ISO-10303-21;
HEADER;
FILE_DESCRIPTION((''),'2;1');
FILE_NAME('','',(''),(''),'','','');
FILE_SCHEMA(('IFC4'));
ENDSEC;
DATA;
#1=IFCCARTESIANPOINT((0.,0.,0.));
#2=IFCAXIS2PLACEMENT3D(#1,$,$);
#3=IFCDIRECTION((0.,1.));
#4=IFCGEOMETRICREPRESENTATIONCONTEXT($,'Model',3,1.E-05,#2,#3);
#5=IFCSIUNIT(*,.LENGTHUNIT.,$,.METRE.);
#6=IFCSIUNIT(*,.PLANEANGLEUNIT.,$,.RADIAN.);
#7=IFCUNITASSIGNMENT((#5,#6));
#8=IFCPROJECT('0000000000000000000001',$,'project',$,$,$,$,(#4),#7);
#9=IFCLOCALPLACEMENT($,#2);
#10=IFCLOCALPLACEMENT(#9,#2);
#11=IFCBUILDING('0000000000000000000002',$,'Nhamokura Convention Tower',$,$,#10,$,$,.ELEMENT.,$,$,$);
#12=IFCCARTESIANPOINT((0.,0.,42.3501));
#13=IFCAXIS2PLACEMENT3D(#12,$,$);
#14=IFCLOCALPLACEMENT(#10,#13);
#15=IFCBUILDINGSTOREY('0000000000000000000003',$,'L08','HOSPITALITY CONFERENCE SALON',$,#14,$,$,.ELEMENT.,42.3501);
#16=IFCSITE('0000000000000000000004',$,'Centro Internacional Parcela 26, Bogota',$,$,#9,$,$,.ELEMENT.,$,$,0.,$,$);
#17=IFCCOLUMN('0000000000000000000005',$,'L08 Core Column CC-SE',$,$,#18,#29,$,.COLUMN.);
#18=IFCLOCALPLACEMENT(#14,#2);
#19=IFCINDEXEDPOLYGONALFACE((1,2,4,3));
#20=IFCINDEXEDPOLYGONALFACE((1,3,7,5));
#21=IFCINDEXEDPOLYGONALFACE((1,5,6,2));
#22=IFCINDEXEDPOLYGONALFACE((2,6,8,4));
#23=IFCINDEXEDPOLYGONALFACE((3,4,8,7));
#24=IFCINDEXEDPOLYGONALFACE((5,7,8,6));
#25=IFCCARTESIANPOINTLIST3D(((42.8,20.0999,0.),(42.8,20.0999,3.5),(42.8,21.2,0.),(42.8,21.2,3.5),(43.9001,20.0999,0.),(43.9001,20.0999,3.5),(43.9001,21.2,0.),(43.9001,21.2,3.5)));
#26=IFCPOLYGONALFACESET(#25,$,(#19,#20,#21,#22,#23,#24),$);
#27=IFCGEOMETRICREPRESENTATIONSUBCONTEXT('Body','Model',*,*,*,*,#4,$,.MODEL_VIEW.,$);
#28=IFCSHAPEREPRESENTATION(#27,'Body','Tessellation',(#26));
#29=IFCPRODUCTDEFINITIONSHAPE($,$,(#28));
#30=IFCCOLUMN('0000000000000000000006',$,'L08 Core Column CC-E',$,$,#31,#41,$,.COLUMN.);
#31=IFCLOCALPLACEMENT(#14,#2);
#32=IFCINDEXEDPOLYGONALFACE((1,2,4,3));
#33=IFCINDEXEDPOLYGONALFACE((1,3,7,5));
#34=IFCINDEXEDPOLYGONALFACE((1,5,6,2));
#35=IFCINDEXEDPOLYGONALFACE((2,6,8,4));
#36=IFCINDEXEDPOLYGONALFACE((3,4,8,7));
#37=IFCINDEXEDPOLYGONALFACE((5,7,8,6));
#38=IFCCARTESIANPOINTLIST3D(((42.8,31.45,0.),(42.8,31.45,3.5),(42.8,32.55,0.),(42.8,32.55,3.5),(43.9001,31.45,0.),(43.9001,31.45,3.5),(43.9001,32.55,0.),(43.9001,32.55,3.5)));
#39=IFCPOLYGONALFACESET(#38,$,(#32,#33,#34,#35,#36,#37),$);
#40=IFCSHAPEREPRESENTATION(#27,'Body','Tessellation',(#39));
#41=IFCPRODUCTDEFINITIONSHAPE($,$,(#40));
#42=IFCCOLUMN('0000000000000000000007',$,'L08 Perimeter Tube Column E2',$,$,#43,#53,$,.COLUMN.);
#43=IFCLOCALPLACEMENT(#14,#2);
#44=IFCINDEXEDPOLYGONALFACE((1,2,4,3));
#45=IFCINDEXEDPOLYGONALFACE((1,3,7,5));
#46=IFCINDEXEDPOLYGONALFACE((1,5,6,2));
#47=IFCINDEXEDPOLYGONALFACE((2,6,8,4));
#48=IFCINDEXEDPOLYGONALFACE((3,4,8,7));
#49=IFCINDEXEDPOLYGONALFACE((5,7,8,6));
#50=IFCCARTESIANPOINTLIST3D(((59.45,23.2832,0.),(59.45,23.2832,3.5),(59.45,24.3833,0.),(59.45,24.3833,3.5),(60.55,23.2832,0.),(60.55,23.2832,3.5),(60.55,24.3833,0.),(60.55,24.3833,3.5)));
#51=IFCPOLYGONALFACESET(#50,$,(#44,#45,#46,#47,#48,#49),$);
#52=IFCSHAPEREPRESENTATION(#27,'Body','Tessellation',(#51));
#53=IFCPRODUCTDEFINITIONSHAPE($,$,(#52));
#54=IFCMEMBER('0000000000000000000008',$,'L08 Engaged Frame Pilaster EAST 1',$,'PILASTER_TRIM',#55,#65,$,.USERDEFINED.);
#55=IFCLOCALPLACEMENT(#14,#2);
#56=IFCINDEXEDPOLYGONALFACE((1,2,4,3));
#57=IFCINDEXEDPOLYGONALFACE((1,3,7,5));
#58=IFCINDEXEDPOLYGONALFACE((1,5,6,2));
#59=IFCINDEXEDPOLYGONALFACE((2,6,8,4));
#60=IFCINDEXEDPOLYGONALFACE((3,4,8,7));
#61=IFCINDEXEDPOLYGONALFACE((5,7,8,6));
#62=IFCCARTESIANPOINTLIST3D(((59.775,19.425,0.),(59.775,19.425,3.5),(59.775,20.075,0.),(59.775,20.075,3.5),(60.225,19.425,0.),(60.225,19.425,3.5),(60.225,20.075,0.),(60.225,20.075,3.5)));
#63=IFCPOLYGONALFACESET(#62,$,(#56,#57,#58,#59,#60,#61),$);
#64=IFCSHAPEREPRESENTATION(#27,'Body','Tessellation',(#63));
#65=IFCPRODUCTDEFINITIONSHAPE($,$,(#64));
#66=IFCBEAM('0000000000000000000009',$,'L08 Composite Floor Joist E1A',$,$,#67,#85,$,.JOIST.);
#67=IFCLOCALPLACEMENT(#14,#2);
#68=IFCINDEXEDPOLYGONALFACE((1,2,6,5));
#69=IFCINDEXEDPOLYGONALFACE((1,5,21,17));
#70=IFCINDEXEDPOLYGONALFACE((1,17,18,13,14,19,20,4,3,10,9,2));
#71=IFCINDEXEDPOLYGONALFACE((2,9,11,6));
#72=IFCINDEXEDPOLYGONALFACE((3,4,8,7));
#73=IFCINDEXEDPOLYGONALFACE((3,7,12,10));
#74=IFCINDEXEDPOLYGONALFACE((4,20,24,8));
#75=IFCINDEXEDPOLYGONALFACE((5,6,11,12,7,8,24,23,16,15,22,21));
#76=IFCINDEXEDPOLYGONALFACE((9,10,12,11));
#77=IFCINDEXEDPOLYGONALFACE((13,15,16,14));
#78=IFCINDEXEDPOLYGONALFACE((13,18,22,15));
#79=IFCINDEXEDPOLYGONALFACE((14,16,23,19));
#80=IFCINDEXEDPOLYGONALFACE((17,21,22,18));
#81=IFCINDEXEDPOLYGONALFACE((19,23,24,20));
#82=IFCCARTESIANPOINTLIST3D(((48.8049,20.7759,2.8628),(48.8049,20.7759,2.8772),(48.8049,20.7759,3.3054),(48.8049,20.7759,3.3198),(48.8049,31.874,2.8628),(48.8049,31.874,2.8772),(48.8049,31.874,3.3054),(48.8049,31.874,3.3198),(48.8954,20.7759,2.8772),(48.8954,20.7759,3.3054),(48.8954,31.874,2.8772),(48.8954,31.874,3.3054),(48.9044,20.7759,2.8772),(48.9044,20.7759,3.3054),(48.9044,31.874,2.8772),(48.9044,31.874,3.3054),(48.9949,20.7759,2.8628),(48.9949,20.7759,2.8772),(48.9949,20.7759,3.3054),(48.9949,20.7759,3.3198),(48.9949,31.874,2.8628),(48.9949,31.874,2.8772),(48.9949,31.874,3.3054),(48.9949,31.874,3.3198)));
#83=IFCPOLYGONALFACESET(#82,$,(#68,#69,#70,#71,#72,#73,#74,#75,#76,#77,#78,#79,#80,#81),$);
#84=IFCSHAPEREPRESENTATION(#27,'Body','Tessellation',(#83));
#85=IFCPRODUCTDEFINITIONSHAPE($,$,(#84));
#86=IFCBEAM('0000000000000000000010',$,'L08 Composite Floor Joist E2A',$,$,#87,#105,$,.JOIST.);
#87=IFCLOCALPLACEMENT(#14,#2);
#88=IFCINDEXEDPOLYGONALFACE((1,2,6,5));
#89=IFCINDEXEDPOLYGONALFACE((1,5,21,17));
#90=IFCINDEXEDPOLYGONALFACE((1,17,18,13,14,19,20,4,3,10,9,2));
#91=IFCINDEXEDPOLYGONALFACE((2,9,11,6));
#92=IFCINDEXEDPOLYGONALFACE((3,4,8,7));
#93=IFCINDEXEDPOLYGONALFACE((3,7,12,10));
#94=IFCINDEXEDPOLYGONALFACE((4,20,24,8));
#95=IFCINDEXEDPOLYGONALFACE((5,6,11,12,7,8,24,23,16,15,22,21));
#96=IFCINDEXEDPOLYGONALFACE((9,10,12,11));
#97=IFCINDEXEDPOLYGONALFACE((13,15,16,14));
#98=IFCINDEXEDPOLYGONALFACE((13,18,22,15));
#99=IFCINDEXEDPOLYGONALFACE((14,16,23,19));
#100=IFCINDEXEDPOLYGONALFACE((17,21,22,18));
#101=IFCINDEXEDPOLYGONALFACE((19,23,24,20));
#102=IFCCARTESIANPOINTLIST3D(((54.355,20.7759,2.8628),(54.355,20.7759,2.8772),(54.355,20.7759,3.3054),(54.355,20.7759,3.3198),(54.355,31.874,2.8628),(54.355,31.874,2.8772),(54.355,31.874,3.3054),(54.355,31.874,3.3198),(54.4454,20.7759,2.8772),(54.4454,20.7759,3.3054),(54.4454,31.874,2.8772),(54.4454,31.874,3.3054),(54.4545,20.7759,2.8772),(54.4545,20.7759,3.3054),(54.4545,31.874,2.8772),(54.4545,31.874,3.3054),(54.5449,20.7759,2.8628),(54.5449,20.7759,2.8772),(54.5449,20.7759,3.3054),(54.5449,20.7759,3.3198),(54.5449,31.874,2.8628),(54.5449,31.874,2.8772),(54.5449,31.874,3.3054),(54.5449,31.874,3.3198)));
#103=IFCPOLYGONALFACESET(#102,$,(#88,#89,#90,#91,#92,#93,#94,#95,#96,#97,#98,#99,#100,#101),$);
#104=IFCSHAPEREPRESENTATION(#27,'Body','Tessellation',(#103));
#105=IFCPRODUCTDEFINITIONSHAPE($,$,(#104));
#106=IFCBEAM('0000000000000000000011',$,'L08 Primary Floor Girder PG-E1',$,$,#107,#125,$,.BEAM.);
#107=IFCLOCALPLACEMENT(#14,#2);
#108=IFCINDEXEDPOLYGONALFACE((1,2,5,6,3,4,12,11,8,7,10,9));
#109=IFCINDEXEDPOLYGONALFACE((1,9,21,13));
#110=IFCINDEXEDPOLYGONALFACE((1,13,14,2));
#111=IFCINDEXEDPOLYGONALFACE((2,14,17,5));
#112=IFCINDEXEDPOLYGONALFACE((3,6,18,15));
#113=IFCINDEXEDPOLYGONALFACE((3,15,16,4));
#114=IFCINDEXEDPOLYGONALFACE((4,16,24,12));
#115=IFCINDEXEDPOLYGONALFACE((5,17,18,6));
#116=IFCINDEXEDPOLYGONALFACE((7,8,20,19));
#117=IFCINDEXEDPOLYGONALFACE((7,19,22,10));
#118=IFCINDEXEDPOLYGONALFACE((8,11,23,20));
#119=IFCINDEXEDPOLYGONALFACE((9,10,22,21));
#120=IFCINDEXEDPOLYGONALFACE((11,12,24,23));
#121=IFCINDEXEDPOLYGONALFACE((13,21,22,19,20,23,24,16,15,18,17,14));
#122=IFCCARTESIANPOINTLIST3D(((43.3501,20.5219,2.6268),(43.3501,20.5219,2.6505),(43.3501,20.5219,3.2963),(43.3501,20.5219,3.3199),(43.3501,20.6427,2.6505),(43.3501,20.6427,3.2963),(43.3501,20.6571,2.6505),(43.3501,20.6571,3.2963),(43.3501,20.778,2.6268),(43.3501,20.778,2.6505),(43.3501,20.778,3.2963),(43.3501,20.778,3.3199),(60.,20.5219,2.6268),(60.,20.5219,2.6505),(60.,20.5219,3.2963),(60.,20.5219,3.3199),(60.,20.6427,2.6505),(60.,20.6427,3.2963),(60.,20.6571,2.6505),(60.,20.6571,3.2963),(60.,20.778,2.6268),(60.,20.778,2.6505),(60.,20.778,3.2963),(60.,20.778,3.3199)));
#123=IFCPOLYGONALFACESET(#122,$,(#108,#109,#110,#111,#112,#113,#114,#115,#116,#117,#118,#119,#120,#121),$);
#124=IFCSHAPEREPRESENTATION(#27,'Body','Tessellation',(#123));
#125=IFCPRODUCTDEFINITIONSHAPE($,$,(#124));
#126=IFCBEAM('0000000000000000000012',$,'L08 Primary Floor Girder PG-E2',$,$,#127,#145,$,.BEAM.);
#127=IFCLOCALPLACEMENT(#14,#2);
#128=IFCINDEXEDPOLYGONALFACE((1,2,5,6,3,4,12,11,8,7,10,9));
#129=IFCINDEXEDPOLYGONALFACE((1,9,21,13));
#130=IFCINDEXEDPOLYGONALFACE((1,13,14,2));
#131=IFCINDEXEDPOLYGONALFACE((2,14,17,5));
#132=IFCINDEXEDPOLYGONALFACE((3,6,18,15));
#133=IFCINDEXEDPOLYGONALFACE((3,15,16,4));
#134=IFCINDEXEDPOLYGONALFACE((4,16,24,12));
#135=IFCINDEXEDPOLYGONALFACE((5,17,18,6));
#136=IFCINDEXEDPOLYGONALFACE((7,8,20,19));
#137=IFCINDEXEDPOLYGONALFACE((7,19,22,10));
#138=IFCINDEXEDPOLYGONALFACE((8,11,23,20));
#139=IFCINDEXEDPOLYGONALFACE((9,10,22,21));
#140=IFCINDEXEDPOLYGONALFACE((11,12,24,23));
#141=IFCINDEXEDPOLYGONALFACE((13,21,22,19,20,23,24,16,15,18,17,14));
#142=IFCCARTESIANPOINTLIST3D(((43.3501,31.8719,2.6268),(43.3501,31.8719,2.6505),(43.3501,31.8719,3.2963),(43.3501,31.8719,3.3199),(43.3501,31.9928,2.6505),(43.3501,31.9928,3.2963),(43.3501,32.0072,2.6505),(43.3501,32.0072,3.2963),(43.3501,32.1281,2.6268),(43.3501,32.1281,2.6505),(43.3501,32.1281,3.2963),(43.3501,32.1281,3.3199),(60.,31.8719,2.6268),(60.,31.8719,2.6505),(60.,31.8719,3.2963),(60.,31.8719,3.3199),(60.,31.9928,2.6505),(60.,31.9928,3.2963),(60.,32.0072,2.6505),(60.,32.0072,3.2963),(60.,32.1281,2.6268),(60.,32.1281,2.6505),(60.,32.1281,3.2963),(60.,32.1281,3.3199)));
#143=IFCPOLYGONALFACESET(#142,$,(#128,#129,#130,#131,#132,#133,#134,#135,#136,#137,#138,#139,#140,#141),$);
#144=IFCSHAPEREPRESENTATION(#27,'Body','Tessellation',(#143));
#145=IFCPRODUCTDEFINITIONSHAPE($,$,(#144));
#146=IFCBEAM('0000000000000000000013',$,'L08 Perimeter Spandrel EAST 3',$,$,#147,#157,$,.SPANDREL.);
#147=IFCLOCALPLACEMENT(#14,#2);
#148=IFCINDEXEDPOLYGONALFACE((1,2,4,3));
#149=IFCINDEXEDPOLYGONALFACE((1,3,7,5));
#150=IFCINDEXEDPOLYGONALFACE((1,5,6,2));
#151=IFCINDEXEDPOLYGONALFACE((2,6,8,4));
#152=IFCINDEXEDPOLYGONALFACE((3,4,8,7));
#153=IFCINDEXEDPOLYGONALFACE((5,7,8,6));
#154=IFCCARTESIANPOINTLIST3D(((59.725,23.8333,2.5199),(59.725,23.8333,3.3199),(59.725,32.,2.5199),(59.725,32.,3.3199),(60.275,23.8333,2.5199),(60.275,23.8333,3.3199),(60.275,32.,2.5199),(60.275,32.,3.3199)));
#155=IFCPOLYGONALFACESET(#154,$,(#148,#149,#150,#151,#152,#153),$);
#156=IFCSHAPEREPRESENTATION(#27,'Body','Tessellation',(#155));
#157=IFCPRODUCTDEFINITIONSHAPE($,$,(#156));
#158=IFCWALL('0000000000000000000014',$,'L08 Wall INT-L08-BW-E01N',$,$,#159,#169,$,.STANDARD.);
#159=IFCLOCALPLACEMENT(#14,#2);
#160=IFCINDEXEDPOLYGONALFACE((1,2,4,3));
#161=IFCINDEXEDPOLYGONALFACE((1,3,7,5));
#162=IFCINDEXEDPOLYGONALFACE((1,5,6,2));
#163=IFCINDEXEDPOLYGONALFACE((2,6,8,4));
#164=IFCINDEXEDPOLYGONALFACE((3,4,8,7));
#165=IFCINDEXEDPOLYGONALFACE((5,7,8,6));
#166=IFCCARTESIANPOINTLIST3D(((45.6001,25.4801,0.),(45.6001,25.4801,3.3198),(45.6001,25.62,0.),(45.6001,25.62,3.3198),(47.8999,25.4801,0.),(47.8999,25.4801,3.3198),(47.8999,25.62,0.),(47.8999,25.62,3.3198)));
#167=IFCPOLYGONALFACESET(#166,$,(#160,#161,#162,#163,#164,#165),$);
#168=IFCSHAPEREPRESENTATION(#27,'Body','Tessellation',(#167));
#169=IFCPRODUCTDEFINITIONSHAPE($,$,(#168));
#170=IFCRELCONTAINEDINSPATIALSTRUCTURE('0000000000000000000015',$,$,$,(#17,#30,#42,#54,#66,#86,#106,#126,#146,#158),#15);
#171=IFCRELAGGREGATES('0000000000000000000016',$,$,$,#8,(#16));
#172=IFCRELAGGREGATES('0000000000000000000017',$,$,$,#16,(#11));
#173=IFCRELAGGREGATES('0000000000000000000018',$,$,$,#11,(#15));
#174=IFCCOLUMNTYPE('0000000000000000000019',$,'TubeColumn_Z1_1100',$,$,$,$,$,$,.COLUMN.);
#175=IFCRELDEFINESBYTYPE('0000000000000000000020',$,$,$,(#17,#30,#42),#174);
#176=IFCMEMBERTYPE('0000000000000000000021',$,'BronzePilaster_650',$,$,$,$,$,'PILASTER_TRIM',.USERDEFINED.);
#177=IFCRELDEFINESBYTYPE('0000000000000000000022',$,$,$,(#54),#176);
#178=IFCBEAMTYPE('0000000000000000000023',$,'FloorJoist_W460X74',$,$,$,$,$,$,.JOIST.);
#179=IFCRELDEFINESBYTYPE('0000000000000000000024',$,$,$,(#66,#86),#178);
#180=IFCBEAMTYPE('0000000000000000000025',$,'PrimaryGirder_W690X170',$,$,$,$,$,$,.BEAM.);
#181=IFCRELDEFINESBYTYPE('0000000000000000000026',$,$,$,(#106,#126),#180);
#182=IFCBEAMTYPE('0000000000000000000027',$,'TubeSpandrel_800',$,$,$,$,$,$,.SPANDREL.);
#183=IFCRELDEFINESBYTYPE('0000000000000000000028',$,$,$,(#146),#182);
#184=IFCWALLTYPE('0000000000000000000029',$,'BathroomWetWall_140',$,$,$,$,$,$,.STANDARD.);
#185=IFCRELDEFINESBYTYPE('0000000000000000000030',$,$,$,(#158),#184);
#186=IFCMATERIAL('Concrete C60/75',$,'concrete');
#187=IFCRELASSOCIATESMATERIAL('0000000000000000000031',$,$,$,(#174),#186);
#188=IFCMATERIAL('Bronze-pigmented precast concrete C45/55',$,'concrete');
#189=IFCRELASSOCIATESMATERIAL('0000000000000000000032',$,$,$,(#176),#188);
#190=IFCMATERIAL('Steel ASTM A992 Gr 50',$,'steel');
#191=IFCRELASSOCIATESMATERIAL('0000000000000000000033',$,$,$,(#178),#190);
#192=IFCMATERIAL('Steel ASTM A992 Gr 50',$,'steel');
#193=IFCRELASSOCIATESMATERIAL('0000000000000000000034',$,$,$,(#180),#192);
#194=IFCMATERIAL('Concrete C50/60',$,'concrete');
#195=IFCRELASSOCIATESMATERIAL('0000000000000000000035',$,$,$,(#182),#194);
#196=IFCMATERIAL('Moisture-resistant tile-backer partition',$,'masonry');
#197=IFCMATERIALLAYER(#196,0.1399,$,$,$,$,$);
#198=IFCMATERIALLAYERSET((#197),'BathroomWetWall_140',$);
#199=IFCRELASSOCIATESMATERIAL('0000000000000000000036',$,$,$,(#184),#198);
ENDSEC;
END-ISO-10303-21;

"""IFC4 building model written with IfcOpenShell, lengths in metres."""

from ifc_helpers import new_model, si_unit, direction, frame, frame_2d, origin, origin_2d, place, context, subcontext, project, spatial, rectangle, i_section, extrude, material, layer, layer_set, material_profile, profile_set, type_object, element, save


model = new_model("IFC4")

# Units and contexts
model_context = context("Model", 3, precision=1e-05, world=origin(), true_north=direction((0.0, 1.0)))
body_context = subcontext(model_context, "Body", "Model", "MODEL_VIEW")
ifc_project = project(units=[si_unit("LENGTHUNIT", "METRE"), si_unit("PLANEANGLEUNIT", "RADIAN")], contexts=[model_context])

# Site, building, storey
site_placement = place(None, origin())
site = spatial("IfcSite", under=ifc_project, at=site_placement, Name="Centro Internacional Parcela 26, Bogota", CompositionType="ELEMENT", RefElevation=0.0)
building_placement = place(site_placement, origin())
building = spatial("IfcBuilding", under=site, at=building_placement, Name="Nhamokura Convention Tower", CompositionType="ELEMENT")
storey_placement = place(building_placement, frame((0.0, 0.0, 42.3501)))
storey = spatial("IfcBuildingStorey", under=building, at=storey_placement, Name="L08", Description="HOSPITALITY CONFERENCE SALON", CompositionType="ELEMENT", Elevation=42.3501)

# Columns
ifc_material_1 = material(Name="Concrete C60/75", Category="concrete")
ifc_material_profile_1 = material_profile(ifc_material_1, rectangle(XDim=1.1001, YDim=1.1001, at=origin_2d()))
ifc_profile_set_1 = profile_set([ifc_material_profile_1], Name="Concrete C60/75")
column_type = type_object("IfcColumnType", Name="TubeColumn_Z1_1100", PredefinedType="COLUMN", material=ifc_profile_set_1)
for number, where, z_axis, x_axis, name in (
    (1, (43.3501, 20.6499, 0.0), (0.0, 0.0, 1.0), (1.0, 0.0, 0.0), "L08 Core Column CC-SE"),
    (2, (43.3501, 32.0, 0.0), (0.0, 0.0, 1.0), (1.0, 0.0, 0.0), "L08 Core Column CC-E"),
    (3, (60.0, 23.8333, 0.0), (0.0, 0.0, 1.0), (1.0, 0.0, 0.0), "L08 Perimeter Tube Column E2"),
):
    element("IfcColumn", number, at=place(storey_placement, frame(where, z_axis=z_axis, x_axis=x_axis)), inside=storey, type_object=column_type, Name=name, PredefinedType="COLUMN", context=body_context, shape_type="SweptSolid", body=[
        extrude(rectangle(XDim=1.1001, YDim=1.1001, at=origin_2d()), origin(), (0.0, 0.0, 1.0), 3.5),
    ])

# Member
ifc_material_2 = material(Name="Bronze-pigmented precast concrete C45/55", Category="concrete")
ifc_material_profile_2 = material_profile(ifc_material_2, rectangle(XDim=0.45, YDim=0.6499, at=origin_2d()))
ifc_profile_set_2 = profile_set([ifc_material_profile_2], Name="Bronze-pigmented precast concrete C45/55")
member_type = type_object("IfcMemberType", Name="BronzePilaster_650", ElementType="PILASTER_TRIM", PredefinedType="USERDEFINED", material=ifc_profile_set_2)
member_placement = place(storey_placement, frame((60.0, 19.75, 0.0), z_axis=(0.0, 0.0, 1.0), x_axis=(1.0, 0.0, 0.0)))
element("IfcMember", 4, at=member_placement, inside=storey, type_object=member_type, Name="L08 Engaged Frame Pilaster EAST 1", ObjectType="PILASTER_TRIM", PredefinedType="USERDEFINED", context=body_context, shape_type="SweptSolid", body=[
    extrude(rectangle(XDim=0.45, YDim=0.6499, at=origin_2d()), origin(), (0.0, 0.0, 1.0), 3.5),
])

# Beams
ifc_material_3 = material(Name="Steel ASTM A992 Gr 50", Category="steel")
ifc_material_profile_3 = material_profile(ifc_material_3, i_section(OverallWidth=0.1899, OverallDepth=0.457, WebThickness=0.009, FlangeThickness=0.0144, at=origin_2d()))
ifc_profile_set_3 = profile_set([ifc_material_profile_3], Name="Steel ASTM A992 Gr 50")
beam_type_1 = type_object("IfcBeamType", Name="FloorJoist_W460X74", PredefinedType="JOIST", material=ifc_profile_set_3)
for number, where, z_axis, x_axis, name in (
    (5, (48.8999, 20.7759, 3.0913), (0.0, 1.0, 0.0), (-1.0, 0.0, 0.0), "L08 Composite Floor Joist E1A"),
    (6, (54.45, 20.7759, 3.0913), (0.0, 1.0, 0.0), (-1.0, 0.0, 0.0), "L08 Composite Floor Joist E2A"),
):
    element("IfcBeam", number, at=place(storey_placement, frame(where, z_axis=z_axis, x_axis=x_axis)), inside=storey, type_object=beam_type_1, Name=name, PredefinedType="JOIST", context=body_context, shape_type="SweptSolid", body=[
        extrude(i_section(OverallWidth=0.1899, OverallDepth=0.457, WebThickness=0.009, FlangeThickness=0.0144, at=origin_2d()), origin(), (0.0, 0.0, 1.0), 11.0981),
    ])
ifc_material_4 = material(Name="Steel ASTM A992 Gr 50", Category="steel")
ifc_material_profile_4 = material_profile(ifc_material_4, i_section(OverallWidth=0.2561, OverallDepth=0.6931, WebThickness=0.0144, FlangeThickness=0.0237, at=origin_2d()))
ifc_profile_set_4 = profile_set([ifc_material_profile_4], Name="Steel ASTM A992 Gr 50")
beam_type_2 = type_object("IfcBeamType", Name="PrimaryGirder_W690X170", PredefinedType="BEAM", material=ifc_profile_set_4)
for number, where, z_axis, x_axis, name in (
    (7, (43.3501, 20.6499, 2.9734), (1.0, 0.0, 0.0), (0.0, 1.0, 0.0), "L08 Primary Floor Girder PG-E1"),
    (8, (43.3501, 32.0, 2.9734), (1.0, 0.0, 0.0), (0.0, 1.0, 0.0), "L08 Primary Floor Girder PG-E2"),
):
    element("IfcBeam", number, at=place(storey_placement, frame(where, z_axis=z_axis, x_axis=x_axis)), inside=storey, type_object=beam_type_2, Name=name, PredefinedType="BEAM", context=body_context, shape_type="SweptSolid", body=[
        extrude(i_section(OverallWidth=0.2561, OverallDepth=0.6931, WebThickness=0.0144, FlangeThickness=0.0237, at=origin_2d()), origin(), (0.0, 0.0, 1.0), 16.6499),
    ])
ifc_material_5 = material(Name="Concrete C50/60", Category="concrete")
ifc_material_profile_5 = material_profile(ifc_material_5, rectangle(XDim=0.55, YDim=0.8, at=origin_2d()))
ifc_profile_set_5 = profile_set([ifc_material_profile_5], Name="Concrete C50/60")
beam_type_3 = type_object("IfcBeamType", Name="TubeSpandrel_800", PredefinedType="SPANDREL", material=ifc_profile_set_5)
beam_placement = place(storey_placement, frame((60.0, 23.8333, 2.9199), z_axis=(0.0, 1.0, 0.0), x_axis=(-1.0, 0.0, 0.0)))
element("IfcBeam", 9, at=beam_placement, inside=storey, type_object=beam_type_3, Name="L08 Perimeter Spandrel EAST 3", PredefinedType="SPANDREL", context=body_context, shape_type="SweptSolid", body=[
    extrude(rectangle(XDim=0.55, YDim=0.8, at=origin_2d()), origin(), (0.0, 0.0, 1.0), 8.1667),
])

# Wall
ifc_material_6 = material(Name="Moisture-resistant tile-backer partition", Category="masonry")
ifc_layer_1 = layer(ifc_material_6, 0.1399)
ifc_layer_set_1 = layer_set([ifc_layer_1], Name="BathroomWetWall_140")
wall_type_1 = type_object("IfcWallType", Name="BathroomWetWall_140", PredefinedType="STANDARD", material=ifc_layer_set_1)
wall_1_placement = place(storey_placement, frame((45.6001, 25.55, 0.0), z_axis=(0.0, 0.0, 1.0), x_axis=(1.0, 0.0, 0.0)))
element("IfcWall", 10, at=wall_1_placement, inside=storey, type_object=wall_type_1, Name="L08 Wall INT-L08-BW-E01N", PredefinedType="STANDARD", context=body_context, shape_type="SweptSolid", body=[
    extrude(rectangle(XDim=2.2998, YDim=0.1399, at=frame_2d((1.1499, 0.0))), origin(), (0.0, 0.0, 1.0), 3.3198),
])

save(model, "model.ifc")
